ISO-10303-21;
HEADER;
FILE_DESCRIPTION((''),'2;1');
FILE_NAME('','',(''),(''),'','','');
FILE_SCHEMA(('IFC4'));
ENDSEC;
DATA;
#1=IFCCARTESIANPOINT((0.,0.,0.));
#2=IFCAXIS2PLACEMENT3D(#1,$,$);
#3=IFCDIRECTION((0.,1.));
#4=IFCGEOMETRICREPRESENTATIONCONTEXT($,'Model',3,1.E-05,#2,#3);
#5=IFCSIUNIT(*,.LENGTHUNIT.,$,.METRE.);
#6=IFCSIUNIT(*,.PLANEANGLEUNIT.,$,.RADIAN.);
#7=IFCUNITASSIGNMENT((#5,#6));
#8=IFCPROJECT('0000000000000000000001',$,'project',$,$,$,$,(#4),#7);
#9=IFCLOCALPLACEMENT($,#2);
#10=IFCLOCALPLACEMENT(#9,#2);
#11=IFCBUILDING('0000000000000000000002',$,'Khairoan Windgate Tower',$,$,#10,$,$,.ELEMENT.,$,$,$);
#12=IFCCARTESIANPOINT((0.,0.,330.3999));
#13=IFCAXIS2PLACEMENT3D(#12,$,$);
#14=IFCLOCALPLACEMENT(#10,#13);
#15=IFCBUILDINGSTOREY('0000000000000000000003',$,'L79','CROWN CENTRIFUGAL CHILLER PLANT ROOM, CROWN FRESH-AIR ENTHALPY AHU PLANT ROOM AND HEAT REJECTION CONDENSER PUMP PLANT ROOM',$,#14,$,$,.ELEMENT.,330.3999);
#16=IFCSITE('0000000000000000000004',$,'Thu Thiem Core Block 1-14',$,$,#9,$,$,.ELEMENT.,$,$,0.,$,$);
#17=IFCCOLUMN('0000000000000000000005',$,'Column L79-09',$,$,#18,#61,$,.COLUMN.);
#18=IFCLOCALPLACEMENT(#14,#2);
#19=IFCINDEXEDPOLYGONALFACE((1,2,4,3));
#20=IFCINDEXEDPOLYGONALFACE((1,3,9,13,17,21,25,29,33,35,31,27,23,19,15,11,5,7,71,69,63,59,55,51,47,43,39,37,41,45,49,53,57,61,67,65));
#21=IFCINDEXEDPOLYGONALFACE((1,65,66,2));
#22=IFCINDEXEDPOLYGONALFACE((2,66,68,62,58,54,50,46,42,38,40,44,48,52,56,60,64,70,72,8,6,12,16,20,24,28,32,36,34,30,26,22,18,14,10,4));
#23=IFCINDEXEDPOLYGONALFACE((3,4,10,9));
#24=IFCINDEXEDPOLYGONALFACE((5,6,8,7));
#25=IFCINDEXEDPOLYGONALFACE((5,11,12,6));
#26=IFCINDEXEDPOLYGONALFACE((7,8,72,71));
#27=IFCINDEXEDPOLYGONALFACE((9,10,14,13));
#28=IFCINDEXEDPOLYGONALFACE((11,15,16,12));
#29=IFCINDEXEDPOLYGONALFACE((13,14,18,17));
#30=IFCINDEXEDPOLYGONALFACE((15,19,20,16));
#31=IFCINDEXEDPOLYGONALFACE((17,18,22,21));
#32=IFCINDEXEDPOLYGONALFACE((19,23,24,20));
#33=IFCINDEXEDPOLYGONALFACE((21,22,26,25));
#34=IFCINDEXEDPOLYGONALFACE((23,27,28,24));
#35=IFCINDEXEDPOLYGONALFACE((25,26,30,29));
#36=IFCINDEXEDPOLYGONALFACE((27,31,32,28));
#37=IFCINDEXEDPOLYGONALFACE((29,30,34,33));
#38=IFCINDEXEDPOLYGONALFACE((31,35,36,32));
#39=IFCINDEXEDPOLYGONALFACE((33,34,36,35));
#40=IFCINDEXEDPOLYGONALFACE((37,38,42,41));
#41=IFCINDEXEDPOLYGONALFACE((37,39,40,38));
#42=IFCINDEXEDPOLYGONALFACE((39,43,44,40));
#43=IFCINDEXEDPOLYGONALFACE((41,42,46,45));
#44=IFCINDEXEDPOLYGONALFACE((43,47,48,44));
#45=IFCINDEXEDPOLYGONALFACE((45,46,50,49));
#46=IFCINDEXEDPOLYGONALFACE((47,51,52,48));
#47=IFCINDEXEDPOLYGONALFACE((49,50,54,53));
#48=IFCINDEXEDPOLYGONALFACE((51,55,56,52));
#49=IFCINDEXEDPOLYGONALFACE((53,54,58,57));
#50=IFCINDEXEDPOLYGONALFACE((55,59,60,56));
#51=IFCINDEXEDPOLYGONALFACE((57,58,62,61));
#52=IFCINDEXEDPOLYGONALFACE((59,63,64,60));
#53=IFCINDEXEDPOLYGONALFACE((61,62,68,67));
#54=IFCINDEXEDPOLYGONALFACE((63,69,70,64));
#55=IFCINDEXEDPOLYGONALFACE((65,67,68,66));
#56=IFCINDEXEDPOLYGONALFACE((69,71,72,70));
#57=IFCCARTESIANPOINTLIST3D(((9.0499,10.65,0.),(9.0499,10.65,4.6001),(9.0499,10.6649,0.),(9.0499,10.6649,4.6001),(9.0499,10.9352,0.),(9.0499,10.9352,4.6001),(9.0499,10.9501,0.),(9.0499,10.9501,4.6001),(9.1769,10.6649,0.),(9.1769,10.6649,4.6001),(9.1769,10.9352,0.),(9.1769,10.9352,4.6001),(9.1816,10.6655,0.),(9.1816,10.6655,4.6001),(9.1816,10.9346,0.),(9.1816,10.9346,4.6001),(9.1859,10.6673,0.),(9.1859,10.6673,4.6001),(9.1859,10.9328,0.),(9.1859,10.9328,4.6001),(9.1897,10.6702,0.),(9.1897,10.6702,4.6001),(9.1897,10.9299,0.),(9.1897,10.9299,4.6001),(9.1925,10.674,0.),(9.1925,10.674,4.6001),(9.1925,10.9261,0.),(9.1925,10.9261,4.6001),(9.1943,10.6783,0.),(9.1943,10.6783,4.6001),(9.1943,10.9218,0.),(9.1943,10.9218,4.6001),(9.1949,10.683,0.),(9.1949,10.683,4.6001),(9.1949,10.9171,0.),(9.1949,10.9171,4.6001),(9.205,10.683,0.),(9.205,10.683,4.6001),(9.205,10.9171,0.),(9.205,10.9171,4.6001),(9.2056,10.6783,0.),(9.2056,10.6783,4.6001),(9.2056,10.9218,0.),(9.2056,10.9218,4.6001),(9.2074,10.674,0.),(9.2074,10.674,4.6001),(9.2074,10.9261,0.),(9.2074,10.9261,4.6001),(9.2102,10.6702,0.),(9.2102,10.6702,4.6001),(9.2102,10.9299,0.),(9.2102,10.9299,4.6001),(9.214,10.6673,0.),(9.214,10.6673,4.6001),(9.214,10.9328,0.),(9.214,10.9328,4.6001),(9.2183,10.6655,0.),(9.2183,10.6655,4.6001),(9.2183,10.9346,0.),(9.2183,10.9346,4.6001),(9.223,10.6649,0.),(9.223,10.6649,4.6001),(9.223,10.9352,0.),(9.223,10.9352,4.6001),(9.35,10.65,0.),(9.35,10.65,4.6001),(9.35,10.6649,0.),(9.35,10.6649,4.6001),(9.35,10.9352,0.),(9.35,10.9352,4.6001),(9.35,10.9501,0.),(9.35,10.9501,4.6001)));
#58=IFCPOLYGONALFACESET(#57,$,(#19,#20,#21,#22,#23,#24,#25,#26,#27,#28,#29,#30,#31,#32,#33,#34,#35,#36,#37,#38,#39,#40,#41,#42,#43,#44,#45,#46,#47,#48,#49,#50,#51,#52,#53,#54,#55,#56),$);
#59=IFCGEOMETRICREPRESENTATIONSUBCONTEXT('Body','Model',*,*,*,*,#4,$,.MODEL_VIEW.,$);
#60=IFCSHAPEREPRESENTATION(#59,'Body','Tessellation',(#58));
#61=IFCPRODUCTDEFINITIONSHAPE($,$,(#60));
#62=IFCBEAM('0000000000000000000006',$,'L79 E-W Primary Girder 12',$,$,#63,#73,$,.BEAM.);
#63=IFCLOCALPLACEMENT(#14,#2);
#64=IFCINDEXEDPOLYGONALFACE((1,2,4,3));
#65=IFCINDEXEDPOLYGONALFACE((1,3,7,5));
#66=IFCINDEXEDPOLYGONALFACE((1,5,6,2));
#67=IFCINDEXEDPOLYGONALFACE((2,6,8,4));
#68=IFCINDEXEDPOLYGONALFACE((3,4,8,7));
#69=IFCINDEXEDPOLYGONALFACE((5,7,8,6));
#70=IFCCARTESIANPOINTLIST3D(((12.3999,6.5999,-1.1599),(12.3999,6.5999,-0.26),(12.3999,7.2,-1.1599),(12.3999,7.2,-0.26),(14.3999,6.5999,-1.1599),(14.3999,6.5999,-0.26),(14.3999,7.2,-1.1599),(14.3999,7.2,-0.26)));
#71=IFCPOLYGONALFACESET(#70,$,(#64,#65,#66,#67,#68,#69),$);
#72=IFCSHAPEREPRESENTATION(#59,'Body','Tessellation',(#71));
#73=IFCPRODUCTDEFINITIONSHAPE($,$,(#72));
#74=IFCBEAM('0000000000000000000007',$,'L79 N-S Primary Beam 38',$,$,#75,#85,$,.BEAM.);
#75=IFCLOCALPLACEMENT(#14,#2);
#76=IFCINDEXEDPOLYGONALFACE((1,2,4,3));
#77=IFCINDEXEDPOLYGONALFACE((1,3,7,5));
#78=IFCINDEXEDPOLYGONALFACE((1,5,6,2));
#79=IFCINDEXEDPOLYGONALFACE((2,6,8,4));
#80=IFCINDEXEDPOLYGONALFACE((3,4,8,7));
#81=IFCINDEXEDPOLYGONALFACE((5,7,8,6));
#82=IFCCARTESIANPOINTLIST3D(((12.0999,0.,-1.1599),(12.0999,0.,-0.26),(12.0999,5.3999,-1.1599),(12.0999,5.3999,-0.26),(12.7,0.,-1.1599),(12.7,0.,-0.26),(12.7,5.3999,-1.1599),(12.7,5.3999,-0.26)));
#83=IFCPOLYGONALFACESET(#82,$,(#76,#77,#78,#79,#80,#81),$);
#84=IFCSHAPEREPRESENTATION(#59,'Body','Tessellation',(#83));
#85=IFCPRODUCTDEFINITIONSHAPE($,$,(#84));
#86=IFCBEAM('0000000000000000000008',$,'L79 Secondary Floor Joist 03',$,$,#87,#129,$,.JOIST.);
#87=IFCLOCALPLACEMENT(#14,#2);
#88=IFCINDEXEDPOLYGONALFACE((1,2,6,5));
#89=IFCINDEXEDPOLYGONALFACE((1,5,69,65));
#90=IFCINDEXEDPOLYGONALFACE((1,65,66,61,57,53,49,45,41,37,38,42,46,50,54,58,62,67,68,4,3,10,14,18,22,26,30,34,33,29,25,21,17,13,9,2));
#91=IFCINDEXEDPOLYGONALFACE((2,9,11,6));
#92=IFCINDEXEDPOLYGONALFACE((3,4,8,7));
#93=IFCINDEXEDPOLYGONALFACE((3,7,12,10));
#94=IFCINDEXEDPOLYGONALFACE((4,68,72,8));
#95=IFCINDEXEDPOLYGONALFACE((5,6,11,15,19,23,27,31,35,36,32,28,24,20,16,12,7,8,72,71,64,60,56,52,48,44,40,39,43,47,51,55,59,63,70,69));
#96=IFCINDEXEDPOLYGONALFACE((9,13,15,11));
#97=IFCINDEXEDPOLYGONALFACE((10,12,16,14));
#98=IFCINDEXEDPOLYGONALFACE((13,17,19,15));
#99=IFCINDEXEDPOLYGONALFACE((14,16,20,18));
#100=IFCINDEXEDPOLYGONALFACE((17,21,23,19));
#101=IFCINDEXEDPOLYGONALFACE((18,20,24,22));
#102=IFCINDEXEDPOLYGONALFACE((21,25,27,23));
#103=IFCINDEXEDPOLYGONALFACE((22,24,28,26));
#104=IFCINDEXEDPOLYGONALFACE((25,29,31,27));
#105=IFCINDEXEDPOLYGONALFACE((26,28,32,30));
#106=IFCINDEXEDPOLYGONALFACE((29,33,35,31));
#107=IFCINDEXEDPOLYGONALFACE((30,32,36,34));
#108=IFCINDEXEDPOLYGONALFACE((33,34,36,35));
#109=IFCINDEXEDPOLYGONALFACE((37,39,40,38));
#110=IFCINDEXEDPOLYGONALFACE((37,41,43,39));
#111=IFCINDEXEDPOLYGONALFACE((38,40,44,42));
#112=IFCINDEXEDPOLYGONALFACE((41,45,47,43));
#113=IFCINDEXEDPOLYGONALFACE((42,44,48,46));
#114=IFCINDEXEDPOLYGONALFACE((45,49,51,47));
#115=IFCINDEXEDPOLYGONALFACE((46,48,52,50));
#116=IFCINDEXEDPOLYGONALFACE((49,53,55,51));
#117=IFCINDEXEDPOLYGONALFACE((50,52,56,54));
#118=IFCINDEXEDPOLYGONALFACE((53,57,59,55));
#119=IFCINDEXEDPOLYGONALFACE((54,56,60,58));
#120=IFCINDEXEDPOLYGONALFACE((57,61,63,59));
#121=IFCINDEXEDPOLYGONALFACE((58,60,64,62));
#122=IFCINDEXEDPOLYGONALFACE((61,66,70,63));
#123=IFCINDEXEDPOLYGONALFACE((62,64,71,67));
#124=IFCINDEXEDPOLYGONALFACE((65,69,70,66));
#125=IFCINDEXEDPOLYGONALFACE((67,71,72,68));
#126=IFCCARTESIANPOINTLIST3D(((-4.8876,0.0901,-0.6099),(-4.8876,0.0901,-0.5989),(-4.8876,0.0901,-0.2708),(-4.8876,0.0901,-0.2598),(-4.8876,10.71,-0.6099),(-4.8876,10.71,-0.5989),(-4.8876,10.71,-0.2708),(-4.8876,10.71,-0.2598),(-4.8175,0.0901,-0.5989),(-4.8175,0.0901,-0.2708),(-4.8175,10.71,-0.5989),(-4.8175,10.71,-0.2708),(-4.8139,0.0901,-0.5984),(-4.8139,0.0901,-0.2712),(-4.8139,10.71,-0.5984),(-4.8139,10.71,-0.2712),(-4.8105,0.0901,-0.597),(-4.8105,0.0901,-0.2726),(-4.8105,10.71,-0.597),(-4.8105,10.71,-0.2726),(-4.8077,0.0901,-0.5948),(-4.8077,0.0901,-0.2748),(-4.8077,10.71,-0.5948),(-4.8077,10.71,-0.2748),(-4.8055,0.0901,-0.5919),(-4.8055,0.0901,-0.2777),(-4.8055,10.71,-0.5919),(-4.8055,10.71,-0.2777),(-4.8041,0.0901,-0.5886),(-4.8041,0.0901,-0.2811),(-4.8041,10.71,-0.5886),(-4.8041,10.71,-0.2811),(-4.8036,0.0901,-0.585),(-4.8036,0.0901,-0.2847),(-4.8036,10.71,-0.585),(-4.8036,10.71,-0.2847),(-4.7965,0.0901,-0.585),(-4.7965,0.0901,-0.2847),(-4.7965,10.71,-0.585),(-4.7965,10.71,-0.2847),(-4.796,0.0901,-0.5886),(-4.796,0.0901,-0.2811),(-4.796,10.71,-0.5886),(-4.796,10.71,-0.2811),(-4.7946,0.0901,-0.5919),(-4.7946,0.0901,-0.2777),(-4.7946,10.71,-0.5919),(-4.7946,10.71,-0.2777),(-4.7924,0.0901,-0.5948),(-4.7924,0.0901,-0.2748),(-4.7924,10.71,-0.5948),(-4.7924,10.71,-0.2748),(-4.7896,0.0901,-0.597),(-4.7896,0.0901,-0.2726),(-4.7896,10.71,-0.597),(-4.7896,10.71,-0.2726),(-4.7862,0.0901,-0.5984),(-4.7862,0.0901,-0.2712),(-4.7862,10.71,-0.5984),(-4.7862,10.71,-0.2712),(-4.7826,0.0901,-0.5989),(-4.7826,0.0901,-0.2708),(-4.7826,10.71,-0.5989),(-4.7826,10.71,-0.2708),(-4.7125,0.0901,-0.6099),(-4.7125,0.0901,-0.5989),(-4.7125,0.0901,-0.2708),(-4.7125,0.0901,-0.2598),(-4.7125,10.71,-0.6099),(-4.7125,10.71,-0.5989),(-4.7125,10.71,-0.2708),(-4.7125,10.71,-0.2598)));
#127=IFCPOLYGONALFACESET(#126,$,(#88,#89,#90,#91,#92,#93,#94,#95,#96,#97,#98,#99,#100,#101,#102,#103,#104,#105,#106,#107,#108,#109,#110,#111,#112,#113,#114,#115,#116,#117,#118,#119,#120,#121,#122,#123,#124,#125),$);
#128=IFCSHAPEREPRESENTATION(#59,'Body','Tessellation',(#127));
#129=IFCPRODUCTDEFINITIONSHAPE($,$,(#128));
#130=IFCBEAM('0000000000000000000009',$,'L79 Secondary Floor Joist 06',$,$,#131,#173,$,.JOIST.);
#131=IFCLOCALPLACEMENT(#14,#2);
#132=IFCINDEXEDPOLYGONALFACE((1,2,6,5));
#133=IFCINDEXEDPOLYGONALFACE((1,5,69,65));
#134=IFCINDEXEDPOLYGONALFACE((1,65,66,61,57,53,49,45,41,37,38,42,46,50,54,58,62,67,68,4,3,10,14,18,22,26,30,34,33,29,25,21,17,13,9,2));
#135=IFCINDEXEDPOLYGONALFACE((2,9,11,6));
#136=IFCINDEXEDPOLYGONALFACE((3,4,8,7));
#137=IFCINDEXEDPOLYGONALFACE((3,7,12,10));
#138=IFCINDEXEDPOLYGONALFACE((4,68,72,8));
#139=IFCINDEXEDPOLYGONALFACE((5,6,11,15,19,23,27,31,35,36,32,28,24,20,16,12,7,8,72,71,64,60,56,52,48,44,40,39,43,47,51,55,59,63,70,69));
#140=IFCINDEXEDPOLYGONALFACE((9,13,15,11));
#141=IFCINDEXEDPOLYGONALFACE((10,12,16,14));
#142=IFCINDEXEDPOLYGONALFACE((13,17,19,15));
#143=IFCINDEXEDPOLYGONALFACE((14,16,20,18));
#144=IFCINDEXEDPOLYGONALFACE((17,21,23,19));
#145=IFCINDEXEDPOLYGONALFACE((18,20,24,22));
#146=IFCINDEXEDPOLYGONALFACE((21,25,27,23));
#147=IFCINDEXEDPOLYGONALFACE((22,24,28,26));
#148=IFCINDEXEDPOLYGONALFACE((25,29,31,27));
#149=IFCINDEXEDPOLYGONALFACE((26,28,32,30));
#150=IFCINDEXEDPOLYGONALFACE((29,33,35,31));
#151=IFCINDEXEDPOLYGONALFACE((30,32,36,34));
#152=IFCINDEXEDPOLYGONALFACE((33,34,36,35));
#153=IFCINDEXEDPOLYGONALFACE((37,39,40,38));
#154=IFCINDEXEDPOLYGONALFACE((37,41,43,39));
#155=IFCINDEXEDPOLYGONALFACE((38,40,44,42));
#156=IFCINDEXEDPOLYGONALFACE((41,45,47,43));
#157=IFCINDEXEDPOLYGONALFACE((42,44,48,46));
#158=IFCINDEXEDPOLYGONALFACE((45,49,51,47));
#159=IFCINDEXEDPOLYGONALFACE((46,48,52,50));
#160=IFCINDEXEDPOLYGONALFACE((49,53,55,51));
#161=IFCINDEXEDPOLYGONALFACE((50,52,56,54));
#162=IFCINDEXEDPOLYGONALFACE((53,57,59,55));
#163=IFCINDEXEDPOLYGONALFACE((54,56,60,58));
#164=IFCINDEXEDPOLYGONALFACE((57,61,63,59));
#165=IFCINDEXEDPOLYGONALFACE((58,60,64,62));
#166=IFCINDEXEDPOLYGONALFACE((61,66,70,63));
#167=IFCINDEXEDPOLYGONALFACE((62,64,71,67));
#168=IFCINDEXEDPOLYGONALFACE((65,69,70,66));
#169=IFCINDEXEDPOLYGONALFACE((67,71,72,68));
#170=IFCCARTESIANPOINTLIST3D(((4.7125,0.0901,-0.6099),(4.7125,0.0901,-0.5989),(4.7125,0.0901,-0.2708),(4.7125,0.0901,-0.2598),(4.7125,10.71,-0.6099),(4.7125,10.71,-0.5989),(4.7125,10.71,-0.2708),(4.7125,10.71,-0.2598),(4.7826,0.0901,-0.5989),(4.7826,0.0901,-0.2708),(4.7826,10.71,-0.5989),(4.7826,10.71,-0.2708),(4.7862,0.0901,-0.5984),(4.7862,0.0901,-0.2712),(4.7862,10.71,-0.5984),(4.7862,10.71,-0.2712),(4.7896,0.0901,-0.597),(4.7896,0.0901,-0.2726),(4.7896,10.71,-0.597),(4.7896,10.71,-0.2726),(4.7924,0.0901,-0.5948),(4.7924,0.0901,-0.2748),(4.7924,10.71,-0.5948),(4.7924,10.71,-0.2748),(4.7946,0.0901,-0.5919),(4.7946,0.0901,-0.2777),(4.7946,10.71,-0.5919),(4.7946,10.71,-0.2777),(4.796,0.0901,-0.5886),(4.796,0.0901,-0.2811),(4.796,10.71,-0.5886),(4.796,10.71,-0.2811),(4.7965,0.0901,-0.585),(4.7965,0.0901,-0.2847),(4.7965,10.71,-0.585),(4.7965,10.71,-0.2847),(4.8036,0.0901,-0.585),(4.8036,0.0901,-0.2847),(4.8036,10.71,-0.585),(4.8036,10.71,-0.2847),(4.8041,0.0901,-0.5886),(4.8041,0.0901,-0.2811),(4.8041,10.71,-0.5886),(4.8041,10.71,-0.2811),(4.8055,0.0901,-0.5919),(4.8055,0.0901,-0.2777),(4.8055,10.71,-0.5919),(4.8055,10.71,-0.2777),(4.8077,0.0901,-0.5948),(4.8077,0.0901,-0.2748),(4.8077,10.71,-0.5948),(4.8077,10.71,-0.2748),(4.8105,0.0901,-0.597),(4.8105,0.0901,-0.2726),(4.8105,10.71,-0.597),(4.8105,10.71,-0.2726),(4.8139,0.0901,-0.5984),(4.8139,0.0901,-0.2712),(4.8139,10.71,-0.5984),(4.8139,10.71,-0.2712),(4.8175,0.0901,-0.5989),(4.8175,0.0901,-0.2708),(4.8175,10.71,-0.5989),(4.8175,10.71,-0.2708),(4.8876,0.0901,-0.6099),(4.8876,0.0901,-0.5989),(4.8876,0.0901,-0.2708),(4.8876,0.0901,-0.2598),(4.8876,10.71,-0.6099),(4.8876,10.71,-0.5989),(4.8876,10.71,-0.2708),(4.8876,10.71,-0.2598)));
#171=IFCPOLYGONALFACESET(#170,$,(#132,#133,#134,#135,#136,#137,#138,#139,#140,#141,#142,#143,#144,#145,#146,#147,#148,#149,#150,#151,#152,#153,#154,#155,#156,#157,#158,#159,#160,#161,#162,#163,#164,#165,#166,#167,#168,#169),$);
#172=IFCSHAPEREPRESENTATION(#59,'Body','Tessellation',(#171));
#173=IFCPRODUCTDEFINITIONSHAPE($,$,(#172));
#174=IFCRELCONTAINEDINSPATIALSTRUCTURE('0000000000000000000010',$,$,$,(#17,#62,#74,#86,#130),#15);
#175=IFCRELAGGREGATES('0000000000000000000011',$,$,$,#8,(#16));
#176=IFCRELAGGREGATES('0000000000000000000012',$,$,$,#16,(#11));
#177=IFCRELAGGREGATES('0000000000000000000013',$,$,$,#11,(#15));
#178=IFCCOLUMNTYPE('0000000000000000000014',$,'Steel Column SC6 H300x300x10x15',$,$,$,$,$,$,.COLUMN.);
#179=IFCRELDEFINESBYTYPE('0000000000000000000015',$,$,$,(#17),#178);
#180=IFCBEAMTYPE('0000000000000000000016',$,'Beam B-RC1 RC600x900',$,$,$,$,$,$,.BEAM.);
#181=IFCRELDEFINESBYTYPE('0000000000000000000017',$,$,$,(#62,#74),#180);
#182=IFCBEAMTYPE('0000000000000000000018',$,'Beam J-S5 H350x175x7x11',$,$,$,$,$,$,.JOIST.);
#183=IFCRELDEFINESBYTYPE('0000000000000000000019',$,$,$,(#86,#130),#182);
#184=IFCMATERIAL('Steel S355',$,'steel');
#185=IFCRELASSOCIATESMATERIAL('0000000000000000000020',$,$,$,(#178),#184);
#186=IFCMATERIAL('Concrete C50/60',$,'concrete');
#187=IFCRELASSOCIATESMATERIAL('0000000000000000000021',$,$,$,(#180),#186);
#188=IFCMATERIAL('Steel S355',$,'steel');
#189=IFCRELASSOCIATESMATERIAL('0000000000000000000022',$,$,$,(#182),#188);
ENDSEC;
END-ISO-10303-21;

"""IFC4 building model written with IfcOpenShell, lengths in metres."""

from ifc_helpers import new_model, si_unit, direction, frame, origin, origin_2d, place, context, subcontext, project, spatial, rectangle, i_section, extrude, material, material_profile, profile_set, type_object, element, save


model = new_model("IFC4")

# Units and contexts
model_context = context("Model", 3, precision=1e-05, world=origin(), true_north=direction((0.0, 1.0)))
body_context = subcontext(model_context, "Body", "Model", "MODEL_VIEW")
ifc_project = project(units=[si_unit("LENGTHUNIT", "METRE"), si_unit("PLANEANGLEUNIT", "RADIAN")], contexts=[model_context])

# Site, building, storey
site_placement = place(None, origin())
site = spatial("IfcSite", under=ifc_project, at=site_placement, Name="Thu Thiem Core Block 1-14", CompositionType="ELEMENT", RefElevation=0.0)
building_placement = place(site_placement, origin())
building = spatial("IfcBuilding", under=site, at=building_placement, Name="Khairoan Windgate Tower", CompositionType="ELEMENT")
storey_placement = place(building_placement, frame((0.0, 0.0, 330.3999)))
storey = spatial("IfcBuildingStorey", under=building, at=storey_placement, Name="L79", Description="CROWN CENTRIFUGAL CHILLER PLANT ROOM, CROWN FRESH-AIR ENTHALPY AHU PLANT ROOM AND HEAT REJECTION CONDENSER PUMP PLANT ROOM", CompositionType="ELEMENT", Elevation=330.3999)

# Column
ifc_material_1 = material(Name="Steel S355", Category="steel")
ifc_material_profile_1 = material_profile(ifc_material_1, i_section(OverallWidth=0.3, OverallDepth=0.3, WebThickness=0.01, FlangeThickness=0.0149, FilletRadius=0.0181, at=origin_2d()))
ifc_profile_set_1 = profile_set([ifc_material_profile_1], Name="Steel S355")
column_type = type_object("IfcColumnType", Name="Steel Column SC6 H300x300x10x15", PredefinedType="COLUMN", material=ifc_profile_set_1)
column_placement = place(storey_placement, frame((9.2, 10.8, 0.0), z_axis=(0.0, 0.0, 1.0), x_axis=(1.0, 0.0, 0.0)))
element("IfcColumn", 1, at=column_placement, inside=storey, type_object=column_type, Name="Column L79-09", PredefinedType="COLUMN", context=body_context, shape_type="SweptSolid", body=[
    extrude(i_section(OverallWidth=0.3, OverallDepth=0.3, WebThickness=0.01, FlangeThickness=0.0149, FilletRadius=0.0181, at=origin_2d()), origin(), (0.0, 0.0, 1.0), 4.6001),
])

# Beams
ifc_material_2 = material(Name="Concrete C50/60", Category="concrete")
ifc_material_profile_2 = material_profile(ifc_material_2, rectangle(XDim=0.6001, YDim=0.8999, at=origin_2d()))
ifc_profile_set_2 = profile_set([ifc_material_profile_2], Name="Concrete C50/60")
beam_type_1 = type_object("IfcBeamType", Name="Beam B-RC1 RC600x900", PredefinedType="BEAM", material=ifc_profile_set_2)
beam_1_placement = place(storey_placement, frame((12.3999, 6.8999, -0.71), z_axis=(1.0, 0.0, 0.0), x_axis=(0.0, 1.0, 0.0)))
element("IfcBeam", 2, at=beam_1_placement, inside=storey, type_object=beam_type_1, Name="L79 E-W Primary Girder 12", PredefinedType="BEAM", context=body_context, shape_type="SweptSolid", body=[
    extrude(rectangle(XDim=0.6001, YDim=0.8999, at=origin_2d()), origin(), (0.0, 0.0, 1.0), 2.0),
])
beam_2_placement = place(storey_placement, frame((12.3999, 0.0, -0.71), z_axis=(0.0, 1.0, 0.0), x_axis=(-1.0, 0.0, 0.0)))
element("IfcBeam", 3, at=beam_2_placement, inside=storey, type_object=beam_type_1, Name="L79 N-S Primary Beam 38", PredefinedType="BEAM", context=body_context, shape_type="SweptSolid", body=[
    extrude(rectangle(XDim=0.6001, YDim=0.8999, at=origin_2d()), origin(), (0.0, 0.0, 1.0), 5.3999),
])
ifc_material_3 = material(Name="Steel S355", Category="steel")
ifc_material_profile_3 = material_profile(ifc_material_3, i_section(OverallWidth=0.175, OverallDepth=0.3501, WebThickness=0.0071, FlangeThickness=0.011, FilletRadius=0.0139, at=origin_2d()))
ifc_profile_set_3 = profile_set([ifc_material_profile_3], Name="Steel S355")
beam_type_2 = type_object("IfcBeamType", Name="Beam J-S5 H350x175x7x11", PredefinedType="JOIST", material=ifc_profile_set_3)
for number, where, z_axis, x_axis, name in (
    (4, (-4.8, 0.0901, -0.4348), (0.0, 1.0, 0.0), (-1.0, 0.0, 0.0), "L79 Secondary Floor Joist 03"),
    (5, (4.8, 0.0901, -0.4348), (0.0, 1.0, 0.0), (-1.0, 0.0, 0.0), "L79 Secondary Floor Joist 06"),
):
    element("IfcBeam", number, at=place(storey_placement, frame(where, z_axis=z_axis, x_axis=x_axis)), inside=storey, type_object=beam_type_2, Name=name, PredefinedType="JOIST", context=body_context, shape_type="SweptSolid", body=[
        extrude(i_section(OverallWidth=0.175, OverallDepth=0.3501, WebThickness=0.0071, FlangeThickness=0.011, FilletRadius=0.0139, at=origin_2d()), origin(), (0.0, 0.0, 1.0), 10.6199),
    ])

save(model, "model.ifc")
